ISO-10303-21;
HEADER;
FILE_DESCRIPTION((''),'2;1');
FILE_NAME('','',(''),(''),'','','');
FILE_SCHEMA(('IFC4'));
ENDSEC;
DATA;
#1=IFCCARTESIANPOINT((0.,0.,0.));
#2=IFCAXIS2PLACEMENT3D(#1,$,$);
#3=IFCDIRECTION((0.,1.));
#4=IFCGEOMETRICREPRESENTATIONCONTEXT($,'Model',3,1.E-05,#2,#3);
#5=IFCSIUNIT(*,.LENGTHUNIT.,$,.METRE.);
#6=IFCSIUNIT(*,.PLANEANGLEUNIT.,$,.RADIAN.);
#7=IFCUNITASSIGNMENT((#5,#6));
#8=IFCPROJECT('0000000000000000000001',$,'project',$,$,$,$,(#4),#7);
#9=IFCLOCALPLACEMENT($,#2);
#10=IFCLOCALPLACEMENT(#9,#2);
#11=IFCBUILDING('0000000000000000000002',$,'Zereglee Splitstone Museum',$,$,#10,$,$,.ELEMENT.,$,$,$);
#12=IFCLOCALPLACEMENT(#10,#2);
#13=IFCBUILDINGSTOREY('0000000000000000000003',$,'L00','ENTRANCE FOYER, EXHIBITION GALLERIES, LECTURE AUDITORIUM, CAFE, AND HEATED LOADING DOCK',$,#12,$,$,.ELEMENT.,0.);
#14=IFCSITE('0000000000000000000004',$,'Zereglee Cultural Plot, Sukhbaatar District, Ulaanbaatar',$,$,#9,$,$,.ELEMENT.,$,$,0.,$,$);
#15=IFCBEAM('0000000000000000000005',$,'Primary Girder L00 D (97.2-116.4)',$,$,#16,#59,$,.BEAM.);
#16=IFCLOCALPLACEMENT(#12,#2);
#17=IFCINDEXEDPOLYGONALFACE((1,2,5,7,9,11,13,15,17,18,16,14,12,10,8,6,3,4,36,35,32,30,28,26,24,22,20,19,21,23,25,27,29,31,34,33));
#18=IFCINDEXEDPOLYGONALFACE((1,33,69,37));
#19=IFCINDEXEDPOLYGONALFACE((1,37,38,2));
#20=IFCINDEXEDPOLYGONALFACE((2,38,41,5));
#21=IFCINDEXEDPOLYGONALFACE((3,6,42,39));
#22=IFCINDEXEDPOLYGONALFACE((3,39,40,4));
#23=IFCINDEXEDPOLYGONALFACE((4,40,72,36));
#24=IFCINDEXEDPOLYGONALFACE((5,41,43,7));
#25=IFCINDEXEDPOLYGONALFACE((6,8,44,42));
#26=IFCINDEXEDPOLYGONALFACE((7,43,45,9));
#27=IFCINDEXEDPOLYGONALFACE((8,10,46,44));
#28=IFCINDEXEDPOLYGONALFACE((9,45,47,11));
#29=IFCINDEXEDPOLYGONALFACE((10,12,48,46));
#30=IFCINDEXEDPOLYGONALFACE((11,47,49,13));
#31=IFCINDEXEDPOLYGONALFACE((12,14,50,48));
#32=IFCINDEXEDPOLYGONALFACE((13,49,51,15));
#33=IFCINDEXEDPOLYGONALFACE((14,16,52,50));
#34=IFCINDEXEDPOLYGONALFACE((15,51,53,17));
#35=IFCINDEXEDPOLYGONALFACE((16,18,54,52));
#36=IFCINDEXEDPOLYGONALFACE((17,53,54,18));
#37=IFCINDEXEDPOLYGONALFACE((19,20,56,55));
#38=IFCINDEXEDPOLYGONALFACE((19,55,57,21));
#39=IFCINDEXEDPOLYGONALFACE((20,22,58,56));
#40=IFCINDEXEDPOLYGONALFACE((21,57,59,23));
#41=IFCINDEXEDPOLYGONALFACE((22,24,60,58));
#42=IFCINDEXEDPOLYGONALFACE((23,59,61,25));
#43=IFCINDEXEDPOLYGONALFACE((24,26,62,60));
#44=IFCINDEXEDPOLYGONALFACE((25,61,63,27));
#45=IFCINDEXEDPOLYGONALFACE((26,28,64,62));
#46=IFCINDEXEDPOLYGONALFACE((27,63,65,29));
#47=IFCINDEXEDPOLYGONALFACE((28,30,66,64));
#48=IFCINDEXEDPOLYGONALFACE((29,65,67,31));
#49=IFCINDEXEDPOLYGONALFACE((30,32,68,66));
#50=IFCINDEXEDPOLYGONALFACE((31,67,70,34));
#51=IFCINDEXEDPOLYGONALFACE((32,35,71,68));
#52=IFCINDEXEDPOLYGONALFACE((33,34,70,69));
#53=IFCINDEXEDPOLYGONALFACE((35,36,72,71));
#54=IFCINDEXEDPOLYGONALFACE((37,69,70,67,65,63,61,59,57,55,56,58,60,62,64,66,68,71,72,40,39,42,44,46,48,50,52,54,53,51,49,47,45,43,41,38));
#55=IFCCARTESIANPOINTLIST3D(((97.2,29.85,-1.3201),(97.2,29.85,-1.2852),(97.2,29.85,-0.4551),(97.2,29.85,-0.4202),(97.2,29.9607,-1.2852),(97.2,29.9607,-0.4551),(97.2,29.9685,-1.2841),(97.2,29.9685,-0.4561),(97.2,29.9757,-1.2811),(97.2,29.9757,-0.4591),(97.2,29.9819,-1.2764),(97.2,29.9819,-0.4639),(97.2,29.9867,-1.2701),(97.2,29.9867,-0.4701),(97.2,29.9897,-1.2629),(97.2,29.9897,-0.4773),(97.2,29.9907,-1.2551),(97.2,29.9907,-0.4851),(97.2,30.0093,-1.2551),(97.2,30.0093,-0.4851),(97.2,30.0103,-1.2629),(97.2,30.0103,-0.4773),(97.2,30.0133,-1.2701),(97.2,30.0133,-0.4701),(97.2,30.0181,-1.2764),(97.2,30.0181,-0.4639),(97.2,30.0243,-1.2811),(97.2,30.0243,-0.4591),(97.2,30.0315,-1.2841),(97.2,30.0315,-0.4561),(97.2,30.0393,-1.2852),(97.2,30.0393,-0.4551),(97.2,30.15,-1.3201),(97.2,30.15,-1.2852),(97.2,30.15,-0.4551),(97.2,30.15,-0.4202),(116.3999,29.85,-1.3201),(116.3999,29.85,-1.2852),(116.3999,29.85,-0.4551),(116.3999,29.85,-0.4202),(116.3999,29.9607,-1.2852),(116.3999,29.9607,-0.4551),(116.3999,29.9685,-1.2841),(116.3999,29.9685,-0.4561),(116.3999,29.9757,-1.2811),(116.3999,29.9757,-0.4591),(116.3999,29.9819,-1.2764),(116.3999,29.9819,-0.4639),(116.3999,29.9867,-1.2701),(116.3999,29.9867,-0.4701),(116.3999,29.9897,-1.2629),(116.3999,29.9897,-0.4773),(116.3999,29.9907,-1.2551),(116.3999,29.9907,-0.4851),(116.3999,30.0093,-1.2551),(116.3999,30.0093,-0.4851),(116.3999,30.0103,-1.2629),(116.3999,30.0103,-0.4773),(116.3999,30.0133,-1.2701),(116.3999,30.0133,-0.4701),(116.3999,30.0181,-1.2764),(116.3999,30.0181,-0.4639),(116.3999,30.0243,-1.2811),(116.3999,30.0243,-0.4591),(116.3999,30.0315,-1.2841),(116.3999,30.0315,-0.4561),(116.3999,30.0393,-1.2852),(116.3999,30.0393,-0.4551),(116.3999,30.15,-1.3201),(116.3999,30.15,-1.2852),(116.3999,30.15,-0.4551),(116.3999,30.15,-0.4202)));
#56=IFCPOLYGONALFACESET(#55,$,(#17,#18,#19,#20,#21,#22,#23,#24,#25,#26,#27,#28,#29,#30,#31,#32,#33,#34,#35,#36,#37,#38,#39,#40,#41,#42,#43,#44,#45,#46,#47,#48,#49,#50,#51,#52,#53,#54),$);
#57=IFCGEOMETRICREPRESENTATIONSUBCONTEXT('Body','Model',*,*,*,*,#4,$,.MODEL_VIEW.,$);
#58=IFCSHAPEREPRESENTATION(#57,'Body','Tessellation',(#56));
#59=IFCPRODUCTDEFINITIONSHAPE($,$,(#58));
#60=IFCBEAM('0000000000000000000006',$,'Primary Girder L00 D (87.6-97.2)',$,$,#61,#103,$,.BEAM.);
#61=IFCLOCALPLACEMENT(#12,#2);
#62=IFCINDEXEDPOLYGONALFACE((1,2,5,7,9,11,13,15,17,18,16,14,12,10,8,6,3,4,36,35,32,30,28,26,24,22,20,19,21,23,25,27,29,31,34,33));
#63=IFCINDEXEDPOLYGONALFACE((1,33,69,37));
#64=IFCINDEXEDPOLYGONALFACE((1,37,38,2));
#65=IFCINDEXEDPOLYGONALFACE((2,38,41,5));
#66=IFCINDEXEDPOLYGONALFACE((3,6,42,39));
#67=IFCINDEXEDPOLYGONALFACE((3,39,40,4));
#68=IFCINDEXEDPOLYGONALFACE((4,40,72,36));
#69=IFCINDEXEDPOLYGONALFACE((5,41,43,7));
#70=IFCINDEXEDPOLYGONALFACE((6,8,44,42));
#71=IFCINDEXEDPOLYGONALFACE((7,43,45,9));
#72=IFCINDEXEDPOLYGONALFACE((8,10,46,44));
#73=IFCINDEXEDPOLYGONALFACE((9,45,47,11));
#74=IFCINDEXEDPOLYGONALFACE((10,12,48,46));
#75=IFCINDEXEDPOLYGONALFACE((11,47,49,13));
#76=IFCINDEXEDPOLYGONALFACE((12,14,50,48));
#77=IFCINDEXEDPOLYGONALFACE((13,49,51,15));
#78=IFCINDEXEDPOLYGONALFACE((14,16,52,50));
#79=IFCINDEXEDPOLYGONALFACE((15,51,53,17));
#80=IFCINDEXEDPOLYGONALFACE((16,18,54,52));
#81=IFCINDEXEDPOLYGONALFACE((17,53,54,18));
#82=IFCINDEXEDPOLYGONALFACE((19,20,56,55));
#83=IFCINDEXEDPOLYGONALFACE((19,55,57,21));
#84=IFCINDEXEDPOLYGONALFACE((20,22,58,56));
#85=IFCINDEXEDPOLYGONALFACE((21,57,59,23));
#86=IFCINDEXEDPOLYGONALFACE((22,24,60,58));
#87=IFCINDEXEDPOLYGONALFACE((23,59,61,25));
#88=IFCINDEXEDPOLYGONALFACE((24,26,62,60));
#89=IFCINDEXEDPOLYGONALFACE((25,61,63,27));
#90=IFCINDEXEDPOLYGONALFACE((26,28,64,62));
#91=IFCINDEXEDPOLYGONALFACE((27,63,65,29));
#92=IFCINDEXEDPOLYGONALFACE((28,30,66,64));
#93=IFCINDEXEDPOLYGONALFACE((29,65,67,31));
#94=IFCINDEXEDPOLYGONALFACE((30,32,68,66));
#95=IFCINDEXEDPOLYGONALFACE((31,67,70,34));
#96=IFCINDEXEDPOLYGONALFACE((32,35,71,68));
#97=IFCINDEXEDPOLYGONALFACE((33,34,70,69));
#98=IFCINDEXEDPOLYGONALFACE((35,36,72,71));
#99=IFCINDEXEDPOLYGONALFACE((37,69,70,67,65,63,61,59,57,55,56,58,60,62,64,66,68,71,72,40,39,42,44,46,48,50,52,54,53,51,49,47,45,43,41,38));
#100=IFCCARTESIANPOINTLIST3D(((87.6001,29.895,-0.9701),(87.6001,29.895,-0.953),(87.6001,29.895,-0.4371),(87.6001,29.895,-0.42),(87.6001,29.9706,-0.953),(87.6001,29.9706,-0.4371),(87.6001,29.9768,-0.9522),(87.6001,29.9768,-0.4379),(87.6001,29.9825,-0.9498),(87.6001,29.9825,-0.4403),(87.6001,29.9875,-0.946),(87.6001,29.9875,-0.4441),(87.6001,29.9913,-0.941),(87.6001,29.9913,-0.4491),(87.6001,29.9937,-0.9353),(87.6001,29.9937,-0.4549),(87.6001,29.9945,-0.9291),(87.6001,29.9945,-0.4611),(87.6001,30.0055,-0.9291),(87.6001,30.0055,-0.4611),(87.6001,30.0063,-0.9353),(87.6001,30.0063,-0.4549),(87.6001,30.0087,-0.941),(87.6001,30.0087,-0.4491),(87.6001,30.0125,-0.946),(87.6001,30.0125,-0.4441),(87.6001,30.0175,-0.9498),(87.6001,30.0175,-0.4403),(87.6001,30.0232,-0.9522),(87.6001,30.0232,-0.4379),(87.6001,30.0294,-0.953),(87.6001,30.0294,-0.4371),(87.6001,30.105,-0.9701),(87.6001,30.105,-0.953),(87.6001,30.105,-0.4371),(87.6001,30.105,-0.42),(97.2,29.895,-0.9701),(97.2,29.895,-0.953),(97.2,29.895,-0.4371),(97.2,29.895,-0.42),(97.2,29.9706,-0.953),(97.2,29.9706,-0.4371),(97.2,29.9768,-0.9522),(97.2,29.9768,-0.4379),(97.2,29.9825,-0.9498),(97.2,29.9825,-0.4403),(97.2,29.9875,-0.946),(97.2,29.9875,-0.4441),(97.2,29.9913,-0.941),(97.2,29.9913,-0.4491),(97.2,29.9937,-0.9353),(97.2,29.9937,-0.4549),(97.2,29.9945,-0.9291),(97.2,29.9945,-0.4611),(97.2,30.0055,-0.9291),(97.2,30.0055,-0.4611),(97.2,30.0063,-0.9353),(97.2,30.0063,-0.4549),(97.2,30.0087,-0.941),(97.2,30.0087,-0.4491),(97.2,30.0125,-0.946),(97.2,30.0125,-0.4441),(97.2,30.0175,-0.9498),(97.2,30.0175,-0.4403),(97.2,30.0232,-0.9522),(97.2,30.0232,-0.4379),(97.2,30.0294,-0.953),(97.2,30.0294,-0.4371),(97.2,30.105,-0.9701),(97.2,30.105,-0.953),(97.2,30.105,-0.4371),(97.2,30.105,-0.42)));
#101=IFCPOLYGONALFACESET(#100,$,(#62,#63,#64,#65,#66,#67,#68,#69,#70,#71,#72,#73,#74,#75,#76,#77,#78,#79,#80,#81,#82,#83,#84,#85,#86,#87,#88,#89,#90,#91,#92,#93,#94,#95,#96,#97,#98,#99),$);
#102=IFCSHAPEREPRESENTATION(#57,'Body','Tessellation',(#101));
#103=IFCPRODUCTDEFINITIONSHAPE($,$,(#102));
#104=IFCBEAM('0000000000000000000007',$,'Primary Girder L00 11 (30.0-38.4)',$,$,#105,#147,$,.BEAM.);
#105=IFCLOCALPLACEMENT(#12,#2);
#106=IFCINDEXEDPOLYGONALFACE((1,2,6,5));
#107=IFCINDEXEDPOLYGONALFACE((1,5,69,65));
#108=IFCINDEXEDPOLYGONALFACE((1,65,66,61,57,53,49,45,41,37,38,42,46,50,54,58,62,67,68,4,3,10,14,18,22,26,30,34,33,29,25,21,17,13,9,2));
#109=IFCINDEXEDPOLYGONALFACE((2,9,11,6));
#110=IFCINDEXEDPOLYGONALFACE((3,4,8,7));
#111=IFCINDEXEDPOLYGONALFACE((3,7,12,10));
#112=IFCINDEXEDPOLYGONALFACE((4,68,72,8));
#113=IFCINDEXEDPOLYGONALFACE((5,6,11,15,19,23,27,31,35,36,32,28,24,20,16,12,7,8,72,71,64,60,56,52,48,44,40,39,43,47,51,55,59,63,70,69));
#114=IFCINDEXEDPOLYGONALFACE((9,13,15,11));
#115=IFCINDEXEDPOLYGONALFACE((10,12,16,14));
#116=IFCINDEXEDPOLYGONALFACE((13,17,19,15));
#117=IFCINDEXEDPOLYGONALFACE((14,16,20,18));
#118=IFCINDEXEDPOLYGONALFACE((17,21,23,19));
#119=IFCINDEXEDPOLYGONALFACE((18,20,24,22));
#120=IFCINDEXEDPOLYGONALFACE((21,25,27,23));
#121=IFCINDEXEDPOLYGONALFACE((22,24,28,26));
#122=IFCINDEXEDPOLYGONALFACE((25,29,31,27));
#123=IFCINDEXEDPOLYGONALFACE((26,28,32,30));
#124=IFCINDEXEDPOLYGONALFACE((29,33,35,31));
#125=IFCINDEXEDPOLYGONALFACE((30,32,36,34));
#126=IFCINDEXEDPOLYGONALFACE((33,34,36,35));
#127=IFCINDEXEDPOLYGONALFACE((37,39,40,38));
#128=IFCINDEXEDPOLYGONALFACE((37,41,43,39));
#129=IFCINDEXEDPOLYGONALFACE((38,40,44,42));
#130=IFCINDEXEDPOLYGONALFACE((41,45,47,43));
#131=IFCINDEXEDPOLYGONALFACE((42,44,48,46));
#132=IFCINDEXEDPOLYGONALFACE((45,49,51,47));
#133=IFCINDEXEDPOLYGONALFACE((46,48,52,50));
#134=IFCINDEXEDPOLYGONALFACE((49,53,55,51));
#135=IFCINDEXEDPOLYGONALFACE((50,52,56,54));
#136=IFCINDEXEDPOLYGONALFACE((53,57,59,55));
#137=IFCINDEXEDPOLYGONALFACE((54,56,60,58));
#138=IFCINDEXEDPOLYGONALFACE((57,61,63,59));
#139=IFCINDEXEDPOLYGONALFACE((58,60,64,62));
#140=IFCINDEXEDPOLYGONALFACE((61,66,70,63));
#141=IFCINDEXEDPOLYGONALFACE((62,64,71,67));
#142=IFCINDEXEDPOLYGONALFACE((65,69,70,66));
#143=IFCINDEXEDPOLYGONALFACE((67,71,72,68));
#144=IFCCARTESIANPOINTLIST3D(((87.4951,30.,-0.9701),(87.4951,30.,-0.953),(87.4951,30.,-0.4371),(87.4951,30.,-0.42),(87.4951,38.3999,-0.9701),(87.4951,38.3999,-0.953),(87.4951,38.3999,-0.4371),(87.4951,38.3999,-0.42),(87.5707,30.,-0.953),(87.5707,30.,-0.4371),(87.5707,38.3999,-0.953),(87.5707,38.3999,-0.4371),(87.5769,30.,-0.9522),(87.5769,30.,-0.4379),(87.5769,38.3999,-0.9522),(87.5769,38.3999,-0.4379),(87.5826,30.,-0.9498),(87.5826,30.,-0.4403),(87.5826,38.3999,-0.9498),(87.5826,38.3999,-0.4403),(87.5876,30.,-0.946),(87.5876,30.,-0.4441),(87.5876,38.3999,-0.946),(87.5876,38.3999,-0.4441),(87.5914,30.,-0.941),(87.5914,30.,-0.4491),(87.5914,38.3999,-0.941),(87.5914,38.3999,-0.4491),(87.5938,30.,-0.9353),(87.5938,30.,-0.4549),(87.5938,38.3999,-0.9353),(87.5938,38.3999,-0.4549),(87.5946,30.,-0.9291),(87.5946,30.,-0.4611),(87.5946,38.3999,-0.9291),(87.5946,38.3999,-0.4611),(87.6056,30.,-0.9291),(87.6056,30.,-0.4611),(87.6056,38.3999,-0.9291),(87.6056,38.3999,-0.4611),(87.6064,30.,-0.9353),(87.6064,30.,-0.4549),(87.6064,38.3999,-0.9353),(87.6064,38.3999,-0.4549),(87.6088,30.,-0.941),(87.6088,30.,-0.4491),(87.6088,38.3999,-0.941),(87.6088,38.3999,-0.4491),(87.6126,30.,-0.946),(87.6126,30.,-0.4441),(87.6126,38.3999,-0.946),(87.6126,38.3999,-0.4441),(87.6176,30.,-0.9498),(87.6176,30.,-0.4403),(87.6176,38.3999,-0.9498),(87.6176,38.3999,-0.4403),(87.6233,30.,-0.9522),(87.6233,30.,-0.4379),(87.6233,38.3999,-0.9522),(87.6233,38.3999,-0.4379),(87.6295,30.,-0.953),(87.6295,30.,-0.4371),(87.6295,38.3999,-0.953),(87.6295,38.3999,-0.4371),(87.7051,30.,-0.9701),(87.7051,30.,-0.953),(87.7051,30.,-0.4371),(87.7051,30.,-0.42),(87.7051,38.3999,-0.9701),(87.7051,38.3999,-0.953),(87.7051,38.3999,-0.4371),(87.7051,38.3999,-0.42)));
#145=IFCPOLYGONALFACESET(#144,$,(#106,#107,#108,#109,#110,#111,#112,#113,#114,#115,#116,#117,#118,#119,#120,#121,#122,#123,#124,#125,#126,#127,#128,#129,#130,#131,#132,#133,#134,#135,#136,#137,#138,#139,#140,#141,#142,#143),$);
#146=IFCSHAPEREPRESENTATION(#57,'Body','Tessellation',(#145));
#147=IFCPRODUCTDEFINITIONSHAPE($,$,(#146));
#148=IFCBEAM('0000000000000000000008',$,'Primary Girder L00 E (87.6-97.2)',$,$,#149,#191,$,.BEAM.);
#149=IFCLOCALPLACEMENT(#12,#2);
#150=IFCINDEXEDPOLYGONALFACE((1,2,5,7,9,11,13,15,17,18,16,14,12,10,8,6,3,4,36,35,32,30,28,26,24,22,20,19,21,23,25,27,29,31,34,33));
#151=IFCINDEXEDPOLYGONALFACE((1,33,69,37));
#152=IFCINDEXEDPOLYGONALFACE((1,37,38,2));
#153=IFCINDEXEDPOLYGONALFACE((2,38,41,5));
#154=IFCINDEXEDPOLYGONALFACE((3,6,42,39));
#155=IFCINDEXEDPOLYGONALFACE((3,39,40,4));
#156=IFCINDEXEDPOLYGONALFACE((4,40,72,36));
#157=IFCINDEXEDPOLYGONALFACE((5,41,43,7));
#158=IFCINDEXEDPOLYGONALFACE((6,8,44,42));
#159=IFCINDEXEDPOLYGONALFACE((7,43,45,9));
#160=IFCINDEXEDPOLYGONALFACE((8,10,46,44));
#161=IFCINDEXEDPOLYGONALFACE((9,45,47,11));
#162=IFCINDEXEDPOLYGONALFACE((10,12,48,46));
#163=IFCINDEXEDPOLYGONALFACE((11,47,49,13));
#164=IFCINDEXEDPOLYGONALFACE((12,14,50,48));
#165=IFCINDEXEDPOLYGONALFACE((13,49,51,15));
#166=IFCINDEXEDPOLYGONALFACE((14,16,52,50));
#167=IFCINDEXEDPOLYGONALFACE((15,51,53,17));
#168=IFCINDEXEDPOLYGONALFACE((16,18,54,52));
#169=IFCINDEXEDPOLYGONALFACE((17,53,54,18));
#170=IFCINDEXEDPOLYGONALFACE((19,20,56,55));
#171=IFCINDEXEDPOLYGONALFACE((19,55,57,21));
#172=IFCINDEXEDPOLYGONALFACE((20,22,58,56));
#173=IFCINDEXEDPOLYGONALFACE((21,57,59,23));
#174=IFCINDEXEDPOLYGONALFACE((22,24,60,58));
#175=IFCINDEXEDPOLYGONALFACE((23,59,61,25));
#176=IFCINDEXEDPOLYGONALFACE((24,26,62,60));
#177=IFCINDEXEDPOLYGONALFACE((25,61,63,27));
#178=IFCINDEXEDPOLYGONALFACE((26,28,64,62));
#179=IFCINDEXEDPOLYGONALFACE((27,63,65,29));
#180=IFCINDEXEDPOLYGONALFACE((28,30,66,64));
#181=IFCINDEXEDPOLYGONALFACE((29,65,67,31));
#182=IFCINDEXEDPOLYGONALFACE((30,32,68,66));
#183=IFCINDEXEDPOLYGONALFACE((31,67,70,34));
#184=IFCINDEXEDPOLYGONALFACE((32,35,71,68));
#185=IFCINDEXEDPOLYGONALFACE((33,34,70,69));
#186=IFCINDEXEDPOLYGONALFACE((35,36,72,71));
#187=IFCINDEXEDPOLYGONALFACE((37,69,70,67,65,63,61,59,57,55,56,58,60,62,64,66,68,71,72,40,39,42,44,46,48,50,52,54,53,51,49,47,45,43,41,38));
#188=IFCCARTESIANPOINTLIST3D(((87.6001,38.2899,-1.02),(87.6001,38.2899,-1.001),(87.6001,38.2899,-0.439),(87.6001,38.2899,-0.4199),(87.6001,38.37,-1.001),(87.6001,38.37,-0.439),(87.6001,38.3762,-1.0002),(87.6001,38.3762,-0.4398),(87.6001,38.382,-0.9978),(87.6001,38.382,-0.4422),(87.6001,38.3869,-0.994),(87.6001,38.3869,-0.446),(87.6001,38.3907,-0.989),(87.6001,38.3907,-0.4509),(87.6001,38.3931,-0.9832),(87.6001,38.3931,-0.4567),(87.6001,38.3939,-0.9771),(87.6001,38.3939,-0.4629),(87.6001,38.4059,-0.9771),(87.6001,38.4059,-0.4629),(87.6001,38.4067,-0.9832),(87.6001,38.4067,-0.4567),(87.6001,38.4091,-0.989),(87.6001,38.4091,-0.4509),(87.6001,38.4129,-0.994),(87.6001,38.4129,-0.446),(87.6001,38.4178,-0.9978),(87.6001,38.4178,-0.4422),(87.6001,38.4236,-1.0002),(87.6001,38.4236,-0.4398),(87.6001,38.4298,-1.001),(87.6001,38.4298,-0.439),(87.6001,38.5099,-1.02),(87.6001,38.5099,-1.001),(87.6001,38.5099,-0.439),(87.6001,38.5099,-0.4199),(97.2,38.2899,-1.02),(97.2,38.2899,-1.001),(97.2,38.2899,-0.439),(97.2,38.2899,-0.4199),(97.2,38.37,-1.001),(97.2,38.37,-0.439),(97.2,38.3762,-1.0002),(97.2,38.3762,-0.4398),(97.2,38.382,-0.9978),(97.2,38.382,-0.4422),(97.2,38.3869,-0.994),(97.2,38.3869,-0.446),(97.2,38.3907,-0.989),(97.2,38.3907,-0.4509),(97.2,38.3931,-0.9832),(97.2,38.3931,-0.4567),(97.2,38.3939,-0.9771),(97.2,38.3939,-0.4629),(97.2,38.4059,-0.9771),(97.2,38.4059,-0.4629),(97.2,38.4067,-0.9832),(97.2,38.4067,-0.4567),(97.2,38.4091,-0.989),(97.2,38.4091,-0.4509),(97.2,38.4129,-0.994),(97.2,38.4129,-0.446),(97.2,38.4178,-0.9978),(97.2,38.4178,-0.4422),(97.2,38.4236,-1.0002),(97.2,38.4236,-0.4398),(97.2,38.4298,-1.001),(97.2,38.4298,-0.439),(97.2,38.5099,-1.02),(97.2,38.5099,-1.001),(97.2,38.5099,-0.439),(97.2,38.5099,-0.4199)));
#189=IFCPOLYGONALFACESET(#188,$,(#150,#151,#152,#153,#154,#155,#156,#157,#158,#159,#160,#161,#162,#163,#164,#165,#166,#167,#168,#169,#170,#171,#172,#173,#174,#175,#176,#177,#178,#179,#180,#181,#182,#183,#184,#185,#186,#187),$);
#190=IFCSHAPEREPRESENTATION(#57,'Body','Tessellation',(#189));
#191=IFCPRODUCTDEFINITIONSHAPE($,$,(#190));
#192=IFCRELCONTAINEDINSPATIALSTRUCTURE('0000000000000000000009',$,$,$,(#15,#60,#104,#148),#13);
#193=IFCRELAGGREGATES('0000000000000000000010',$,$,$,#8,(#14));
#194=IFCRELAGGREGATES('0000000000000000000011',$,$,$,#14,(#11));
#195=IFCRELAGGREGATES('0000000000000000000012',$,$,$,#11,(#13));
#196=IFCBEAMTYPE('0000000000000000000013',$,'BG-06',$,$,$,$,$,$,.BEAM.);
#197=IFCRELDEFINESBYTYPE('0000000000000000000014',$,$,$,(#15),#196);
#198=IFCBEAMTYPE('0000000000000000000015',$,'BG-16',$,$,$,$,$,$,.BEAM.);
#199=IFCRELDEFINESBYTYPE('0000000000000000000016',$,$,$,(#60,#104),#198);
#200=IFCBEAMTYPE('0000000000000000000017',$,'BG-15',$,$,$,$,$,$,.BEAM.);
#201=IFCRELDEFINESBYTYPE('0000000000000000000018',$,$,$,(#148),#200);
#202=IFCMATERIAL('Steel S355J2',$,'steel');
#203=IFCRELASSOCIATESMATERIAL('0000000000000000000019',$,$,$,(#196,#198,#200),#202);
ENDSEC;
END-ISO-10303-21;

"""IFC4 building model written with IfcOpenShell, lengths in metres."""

from ifc_helpers import new_model, si_unit, direction, frame, origin, origin_2d, place, context, subcontext, project, spatial, i_section, extrude, material, material_profile, profile_set, type_object, element, save


model = new_model("IFC4")

# Units and contexts
model_context = context("Model", 3, precision=1e-05, world=origin(), true_north=direction((0.0, 1.0)))
body_context = subcontext(model_context, "Body", "Model", "MODEL_VIEW")
ifc_project = project(units=[si_unit("LENGTHUNIT", "METRE"), si_unit("PLANEANGLEUNIT", "RADIAN")], contexts=[model_context])

# Site, building, storey
site_placement = place(None, origin())
site = spatial("IfcSite", under=ifc_project, at=site_placement, Name="Zereglee Cultural Plot, Sukhbaatar District, Ulaanbaatar", CompositionType="ELEMENT", RefElevation=0.0)
building_placement = place(site_placement, origin())
building = spatial("IfcBuilding", under=site, at=building_placement, Name="Zereglee Splitstone Museum", CompositionType="ELEMENT")
storey_placement = place(building_placement, origin())
storey = spatial("IfcBuildingStorey", under=building, at=storey_placement, Name="L00", Description="ENTRANCE FOYER, EXHIBITION GALLERIES, LECTURE AUDITORIUM, CAFE, AND HEATED LOADING DOCK", CompositionType="ELEMENT", Elevation=0.0)

# Beams
ifc_material_1 = material(Name="Steel S355J2", Category="steel")
ifc_material_profile_1 = material_profile(ifc_material_1, i_section(OverallWidth=0.3, OverallDepth=0.8999, WebThickness=0.0186, FlangeThickness=0.0349, FilletRadius=0.03, at=origin_2d()), Name="HE 900 B")
ifc_profile_set_1 = profile_set([ifc_material_profile_1], Name="Steel S355J2")
beam_type_1 = type_object("IfcBeamType", Name="BG-06", PredefinedType="BEAM", material=ifc_profile_set_1)
beam_1_placement = place(storey_placement, frame((97.2, 30.0, -0.8701), z_axis=(1.0, 0.0, 0.0), x_axis=(0.0, 1.0, 0.0)))
element("IfcBeam", 1, at=beam_1_placement, inside=storey, type_object=beam_type_1, Name="Primary Girder L00 D (97.2-116.4)", PredefinedType="BEAM", context=body_context, shape_type="SweptSolid", body=[
    extrude(i_section(OverallWidth=0.3, OverallDepth=0.8999, WebThickness=0.0186, FlangeThickness=0.0349, FilletRadius=0.03, at=origin_2d()), origin(), (0.0, 0.0, 1.0), 19.2),
])
ifc_material_profile_2 = material_profile(ifc_material_1, i_section(OverallWidth=0.21, OverallDepth=0.55, WebThickness=0.011, FlangeThickness=0.0171, FilletRadius=0.0239, at=origin_2d()), Name="IPE 550")
ifc_profile_set_2 = profile_set([ifc_material_profile_2], Name="Steel S355J2")
beam_type_2 = type_object("IfcBeamType", Name="BG-16", PredefinedType="BEAM", material=ifc_profile_set_2)
beam_2_placement = place(storey_placement, frame((87.6001, 30.0, -0.6951), z_axis=(1.0, 0.0, 0.0), x_axis=(0.0, 1.0, 0.0)))
element("IfcBeam", 2, at=beam_2_placement, inside=storey, type_object=beam_type_2, Name="Primary Girder L00 D (87.6-97.2)", PredefinedType="BEAM", context=body_context, shape_type="SweptSolid", body=[
    extrude(i_section(OverallWidth=0.21, OverallDepth=0.55, WebThickness=0.011, FlangeThickness=0.0171, FilletRadius=0.0239, at=origin_2d()), origin(), (0.0, 0.0, 1.0), 9.5999),
])
beam_3_placement = place(storey_placement, frame((87.6001, 30.0, -0.6951), z_axis=(0.0, 1.0, 0.0), x_axis=(-1.0, 0.0, 0.0)))
element("IfcBeam", 3, at=beam_3_placement, inside=storey, type_object=beam_type_2, Name="Primary Girder L00 11 (30.0-38.4)", PredefinedType="BEAM", context=body_context, shape_type="SweptSolid", body=[
    extrude(i_section(OverallWidth=0.21, OverallDepth=0.55, WebThickness=0.011, FlangeThickness=0.0171, FilletRadius=0.0239, at=origin_2d()), origin(), (0.0, 0.0, 1.0), 8.3999),
])
ifc_material_profile_3 = material_profile(ifc_material_1, i_section(OverallWidth=0.22, OverallDepth=0.6001, WebThickness=0.012, FlangeThickness=0.019, FilletRadius=0.0239, at=origin_2d()), Name="IPE 600")
ifc_profile_set_3 = profile_set([ifc_material_profile_3], Name="Steel S355J2")
beam_type_3 = type_object("IfcBeamType", Name="BG-15", PredefinedType="BEAM", material=ifc_profile_set_3)
beam_4_placement = place(storey_placement, frame((87.6001, 38.3999, -0.72), z_axis=(1.0, 0.0, 0.0), x_axis=(0.0, 1.0, 0.0)))
element("IfcBeam", 4, at=beam_4_placement, inside=storey, type_object=beam_type_3, Name="Primary Girder L00 E (87.6-97.2)", PredefinedType="BEAM", context=body_context, shape_type="SweptSolid", body=[
    extrude(i_section(OverallWidth=0.22, OverallDepth=0.6001, WebThickness=0.012, FlangeThickness=0.019, FilletRadius=0.0239, at=origin_2d()), origin(), (0.0, 0.0, 1.0), 9.5999),
])

save(model, "model.ifc")
